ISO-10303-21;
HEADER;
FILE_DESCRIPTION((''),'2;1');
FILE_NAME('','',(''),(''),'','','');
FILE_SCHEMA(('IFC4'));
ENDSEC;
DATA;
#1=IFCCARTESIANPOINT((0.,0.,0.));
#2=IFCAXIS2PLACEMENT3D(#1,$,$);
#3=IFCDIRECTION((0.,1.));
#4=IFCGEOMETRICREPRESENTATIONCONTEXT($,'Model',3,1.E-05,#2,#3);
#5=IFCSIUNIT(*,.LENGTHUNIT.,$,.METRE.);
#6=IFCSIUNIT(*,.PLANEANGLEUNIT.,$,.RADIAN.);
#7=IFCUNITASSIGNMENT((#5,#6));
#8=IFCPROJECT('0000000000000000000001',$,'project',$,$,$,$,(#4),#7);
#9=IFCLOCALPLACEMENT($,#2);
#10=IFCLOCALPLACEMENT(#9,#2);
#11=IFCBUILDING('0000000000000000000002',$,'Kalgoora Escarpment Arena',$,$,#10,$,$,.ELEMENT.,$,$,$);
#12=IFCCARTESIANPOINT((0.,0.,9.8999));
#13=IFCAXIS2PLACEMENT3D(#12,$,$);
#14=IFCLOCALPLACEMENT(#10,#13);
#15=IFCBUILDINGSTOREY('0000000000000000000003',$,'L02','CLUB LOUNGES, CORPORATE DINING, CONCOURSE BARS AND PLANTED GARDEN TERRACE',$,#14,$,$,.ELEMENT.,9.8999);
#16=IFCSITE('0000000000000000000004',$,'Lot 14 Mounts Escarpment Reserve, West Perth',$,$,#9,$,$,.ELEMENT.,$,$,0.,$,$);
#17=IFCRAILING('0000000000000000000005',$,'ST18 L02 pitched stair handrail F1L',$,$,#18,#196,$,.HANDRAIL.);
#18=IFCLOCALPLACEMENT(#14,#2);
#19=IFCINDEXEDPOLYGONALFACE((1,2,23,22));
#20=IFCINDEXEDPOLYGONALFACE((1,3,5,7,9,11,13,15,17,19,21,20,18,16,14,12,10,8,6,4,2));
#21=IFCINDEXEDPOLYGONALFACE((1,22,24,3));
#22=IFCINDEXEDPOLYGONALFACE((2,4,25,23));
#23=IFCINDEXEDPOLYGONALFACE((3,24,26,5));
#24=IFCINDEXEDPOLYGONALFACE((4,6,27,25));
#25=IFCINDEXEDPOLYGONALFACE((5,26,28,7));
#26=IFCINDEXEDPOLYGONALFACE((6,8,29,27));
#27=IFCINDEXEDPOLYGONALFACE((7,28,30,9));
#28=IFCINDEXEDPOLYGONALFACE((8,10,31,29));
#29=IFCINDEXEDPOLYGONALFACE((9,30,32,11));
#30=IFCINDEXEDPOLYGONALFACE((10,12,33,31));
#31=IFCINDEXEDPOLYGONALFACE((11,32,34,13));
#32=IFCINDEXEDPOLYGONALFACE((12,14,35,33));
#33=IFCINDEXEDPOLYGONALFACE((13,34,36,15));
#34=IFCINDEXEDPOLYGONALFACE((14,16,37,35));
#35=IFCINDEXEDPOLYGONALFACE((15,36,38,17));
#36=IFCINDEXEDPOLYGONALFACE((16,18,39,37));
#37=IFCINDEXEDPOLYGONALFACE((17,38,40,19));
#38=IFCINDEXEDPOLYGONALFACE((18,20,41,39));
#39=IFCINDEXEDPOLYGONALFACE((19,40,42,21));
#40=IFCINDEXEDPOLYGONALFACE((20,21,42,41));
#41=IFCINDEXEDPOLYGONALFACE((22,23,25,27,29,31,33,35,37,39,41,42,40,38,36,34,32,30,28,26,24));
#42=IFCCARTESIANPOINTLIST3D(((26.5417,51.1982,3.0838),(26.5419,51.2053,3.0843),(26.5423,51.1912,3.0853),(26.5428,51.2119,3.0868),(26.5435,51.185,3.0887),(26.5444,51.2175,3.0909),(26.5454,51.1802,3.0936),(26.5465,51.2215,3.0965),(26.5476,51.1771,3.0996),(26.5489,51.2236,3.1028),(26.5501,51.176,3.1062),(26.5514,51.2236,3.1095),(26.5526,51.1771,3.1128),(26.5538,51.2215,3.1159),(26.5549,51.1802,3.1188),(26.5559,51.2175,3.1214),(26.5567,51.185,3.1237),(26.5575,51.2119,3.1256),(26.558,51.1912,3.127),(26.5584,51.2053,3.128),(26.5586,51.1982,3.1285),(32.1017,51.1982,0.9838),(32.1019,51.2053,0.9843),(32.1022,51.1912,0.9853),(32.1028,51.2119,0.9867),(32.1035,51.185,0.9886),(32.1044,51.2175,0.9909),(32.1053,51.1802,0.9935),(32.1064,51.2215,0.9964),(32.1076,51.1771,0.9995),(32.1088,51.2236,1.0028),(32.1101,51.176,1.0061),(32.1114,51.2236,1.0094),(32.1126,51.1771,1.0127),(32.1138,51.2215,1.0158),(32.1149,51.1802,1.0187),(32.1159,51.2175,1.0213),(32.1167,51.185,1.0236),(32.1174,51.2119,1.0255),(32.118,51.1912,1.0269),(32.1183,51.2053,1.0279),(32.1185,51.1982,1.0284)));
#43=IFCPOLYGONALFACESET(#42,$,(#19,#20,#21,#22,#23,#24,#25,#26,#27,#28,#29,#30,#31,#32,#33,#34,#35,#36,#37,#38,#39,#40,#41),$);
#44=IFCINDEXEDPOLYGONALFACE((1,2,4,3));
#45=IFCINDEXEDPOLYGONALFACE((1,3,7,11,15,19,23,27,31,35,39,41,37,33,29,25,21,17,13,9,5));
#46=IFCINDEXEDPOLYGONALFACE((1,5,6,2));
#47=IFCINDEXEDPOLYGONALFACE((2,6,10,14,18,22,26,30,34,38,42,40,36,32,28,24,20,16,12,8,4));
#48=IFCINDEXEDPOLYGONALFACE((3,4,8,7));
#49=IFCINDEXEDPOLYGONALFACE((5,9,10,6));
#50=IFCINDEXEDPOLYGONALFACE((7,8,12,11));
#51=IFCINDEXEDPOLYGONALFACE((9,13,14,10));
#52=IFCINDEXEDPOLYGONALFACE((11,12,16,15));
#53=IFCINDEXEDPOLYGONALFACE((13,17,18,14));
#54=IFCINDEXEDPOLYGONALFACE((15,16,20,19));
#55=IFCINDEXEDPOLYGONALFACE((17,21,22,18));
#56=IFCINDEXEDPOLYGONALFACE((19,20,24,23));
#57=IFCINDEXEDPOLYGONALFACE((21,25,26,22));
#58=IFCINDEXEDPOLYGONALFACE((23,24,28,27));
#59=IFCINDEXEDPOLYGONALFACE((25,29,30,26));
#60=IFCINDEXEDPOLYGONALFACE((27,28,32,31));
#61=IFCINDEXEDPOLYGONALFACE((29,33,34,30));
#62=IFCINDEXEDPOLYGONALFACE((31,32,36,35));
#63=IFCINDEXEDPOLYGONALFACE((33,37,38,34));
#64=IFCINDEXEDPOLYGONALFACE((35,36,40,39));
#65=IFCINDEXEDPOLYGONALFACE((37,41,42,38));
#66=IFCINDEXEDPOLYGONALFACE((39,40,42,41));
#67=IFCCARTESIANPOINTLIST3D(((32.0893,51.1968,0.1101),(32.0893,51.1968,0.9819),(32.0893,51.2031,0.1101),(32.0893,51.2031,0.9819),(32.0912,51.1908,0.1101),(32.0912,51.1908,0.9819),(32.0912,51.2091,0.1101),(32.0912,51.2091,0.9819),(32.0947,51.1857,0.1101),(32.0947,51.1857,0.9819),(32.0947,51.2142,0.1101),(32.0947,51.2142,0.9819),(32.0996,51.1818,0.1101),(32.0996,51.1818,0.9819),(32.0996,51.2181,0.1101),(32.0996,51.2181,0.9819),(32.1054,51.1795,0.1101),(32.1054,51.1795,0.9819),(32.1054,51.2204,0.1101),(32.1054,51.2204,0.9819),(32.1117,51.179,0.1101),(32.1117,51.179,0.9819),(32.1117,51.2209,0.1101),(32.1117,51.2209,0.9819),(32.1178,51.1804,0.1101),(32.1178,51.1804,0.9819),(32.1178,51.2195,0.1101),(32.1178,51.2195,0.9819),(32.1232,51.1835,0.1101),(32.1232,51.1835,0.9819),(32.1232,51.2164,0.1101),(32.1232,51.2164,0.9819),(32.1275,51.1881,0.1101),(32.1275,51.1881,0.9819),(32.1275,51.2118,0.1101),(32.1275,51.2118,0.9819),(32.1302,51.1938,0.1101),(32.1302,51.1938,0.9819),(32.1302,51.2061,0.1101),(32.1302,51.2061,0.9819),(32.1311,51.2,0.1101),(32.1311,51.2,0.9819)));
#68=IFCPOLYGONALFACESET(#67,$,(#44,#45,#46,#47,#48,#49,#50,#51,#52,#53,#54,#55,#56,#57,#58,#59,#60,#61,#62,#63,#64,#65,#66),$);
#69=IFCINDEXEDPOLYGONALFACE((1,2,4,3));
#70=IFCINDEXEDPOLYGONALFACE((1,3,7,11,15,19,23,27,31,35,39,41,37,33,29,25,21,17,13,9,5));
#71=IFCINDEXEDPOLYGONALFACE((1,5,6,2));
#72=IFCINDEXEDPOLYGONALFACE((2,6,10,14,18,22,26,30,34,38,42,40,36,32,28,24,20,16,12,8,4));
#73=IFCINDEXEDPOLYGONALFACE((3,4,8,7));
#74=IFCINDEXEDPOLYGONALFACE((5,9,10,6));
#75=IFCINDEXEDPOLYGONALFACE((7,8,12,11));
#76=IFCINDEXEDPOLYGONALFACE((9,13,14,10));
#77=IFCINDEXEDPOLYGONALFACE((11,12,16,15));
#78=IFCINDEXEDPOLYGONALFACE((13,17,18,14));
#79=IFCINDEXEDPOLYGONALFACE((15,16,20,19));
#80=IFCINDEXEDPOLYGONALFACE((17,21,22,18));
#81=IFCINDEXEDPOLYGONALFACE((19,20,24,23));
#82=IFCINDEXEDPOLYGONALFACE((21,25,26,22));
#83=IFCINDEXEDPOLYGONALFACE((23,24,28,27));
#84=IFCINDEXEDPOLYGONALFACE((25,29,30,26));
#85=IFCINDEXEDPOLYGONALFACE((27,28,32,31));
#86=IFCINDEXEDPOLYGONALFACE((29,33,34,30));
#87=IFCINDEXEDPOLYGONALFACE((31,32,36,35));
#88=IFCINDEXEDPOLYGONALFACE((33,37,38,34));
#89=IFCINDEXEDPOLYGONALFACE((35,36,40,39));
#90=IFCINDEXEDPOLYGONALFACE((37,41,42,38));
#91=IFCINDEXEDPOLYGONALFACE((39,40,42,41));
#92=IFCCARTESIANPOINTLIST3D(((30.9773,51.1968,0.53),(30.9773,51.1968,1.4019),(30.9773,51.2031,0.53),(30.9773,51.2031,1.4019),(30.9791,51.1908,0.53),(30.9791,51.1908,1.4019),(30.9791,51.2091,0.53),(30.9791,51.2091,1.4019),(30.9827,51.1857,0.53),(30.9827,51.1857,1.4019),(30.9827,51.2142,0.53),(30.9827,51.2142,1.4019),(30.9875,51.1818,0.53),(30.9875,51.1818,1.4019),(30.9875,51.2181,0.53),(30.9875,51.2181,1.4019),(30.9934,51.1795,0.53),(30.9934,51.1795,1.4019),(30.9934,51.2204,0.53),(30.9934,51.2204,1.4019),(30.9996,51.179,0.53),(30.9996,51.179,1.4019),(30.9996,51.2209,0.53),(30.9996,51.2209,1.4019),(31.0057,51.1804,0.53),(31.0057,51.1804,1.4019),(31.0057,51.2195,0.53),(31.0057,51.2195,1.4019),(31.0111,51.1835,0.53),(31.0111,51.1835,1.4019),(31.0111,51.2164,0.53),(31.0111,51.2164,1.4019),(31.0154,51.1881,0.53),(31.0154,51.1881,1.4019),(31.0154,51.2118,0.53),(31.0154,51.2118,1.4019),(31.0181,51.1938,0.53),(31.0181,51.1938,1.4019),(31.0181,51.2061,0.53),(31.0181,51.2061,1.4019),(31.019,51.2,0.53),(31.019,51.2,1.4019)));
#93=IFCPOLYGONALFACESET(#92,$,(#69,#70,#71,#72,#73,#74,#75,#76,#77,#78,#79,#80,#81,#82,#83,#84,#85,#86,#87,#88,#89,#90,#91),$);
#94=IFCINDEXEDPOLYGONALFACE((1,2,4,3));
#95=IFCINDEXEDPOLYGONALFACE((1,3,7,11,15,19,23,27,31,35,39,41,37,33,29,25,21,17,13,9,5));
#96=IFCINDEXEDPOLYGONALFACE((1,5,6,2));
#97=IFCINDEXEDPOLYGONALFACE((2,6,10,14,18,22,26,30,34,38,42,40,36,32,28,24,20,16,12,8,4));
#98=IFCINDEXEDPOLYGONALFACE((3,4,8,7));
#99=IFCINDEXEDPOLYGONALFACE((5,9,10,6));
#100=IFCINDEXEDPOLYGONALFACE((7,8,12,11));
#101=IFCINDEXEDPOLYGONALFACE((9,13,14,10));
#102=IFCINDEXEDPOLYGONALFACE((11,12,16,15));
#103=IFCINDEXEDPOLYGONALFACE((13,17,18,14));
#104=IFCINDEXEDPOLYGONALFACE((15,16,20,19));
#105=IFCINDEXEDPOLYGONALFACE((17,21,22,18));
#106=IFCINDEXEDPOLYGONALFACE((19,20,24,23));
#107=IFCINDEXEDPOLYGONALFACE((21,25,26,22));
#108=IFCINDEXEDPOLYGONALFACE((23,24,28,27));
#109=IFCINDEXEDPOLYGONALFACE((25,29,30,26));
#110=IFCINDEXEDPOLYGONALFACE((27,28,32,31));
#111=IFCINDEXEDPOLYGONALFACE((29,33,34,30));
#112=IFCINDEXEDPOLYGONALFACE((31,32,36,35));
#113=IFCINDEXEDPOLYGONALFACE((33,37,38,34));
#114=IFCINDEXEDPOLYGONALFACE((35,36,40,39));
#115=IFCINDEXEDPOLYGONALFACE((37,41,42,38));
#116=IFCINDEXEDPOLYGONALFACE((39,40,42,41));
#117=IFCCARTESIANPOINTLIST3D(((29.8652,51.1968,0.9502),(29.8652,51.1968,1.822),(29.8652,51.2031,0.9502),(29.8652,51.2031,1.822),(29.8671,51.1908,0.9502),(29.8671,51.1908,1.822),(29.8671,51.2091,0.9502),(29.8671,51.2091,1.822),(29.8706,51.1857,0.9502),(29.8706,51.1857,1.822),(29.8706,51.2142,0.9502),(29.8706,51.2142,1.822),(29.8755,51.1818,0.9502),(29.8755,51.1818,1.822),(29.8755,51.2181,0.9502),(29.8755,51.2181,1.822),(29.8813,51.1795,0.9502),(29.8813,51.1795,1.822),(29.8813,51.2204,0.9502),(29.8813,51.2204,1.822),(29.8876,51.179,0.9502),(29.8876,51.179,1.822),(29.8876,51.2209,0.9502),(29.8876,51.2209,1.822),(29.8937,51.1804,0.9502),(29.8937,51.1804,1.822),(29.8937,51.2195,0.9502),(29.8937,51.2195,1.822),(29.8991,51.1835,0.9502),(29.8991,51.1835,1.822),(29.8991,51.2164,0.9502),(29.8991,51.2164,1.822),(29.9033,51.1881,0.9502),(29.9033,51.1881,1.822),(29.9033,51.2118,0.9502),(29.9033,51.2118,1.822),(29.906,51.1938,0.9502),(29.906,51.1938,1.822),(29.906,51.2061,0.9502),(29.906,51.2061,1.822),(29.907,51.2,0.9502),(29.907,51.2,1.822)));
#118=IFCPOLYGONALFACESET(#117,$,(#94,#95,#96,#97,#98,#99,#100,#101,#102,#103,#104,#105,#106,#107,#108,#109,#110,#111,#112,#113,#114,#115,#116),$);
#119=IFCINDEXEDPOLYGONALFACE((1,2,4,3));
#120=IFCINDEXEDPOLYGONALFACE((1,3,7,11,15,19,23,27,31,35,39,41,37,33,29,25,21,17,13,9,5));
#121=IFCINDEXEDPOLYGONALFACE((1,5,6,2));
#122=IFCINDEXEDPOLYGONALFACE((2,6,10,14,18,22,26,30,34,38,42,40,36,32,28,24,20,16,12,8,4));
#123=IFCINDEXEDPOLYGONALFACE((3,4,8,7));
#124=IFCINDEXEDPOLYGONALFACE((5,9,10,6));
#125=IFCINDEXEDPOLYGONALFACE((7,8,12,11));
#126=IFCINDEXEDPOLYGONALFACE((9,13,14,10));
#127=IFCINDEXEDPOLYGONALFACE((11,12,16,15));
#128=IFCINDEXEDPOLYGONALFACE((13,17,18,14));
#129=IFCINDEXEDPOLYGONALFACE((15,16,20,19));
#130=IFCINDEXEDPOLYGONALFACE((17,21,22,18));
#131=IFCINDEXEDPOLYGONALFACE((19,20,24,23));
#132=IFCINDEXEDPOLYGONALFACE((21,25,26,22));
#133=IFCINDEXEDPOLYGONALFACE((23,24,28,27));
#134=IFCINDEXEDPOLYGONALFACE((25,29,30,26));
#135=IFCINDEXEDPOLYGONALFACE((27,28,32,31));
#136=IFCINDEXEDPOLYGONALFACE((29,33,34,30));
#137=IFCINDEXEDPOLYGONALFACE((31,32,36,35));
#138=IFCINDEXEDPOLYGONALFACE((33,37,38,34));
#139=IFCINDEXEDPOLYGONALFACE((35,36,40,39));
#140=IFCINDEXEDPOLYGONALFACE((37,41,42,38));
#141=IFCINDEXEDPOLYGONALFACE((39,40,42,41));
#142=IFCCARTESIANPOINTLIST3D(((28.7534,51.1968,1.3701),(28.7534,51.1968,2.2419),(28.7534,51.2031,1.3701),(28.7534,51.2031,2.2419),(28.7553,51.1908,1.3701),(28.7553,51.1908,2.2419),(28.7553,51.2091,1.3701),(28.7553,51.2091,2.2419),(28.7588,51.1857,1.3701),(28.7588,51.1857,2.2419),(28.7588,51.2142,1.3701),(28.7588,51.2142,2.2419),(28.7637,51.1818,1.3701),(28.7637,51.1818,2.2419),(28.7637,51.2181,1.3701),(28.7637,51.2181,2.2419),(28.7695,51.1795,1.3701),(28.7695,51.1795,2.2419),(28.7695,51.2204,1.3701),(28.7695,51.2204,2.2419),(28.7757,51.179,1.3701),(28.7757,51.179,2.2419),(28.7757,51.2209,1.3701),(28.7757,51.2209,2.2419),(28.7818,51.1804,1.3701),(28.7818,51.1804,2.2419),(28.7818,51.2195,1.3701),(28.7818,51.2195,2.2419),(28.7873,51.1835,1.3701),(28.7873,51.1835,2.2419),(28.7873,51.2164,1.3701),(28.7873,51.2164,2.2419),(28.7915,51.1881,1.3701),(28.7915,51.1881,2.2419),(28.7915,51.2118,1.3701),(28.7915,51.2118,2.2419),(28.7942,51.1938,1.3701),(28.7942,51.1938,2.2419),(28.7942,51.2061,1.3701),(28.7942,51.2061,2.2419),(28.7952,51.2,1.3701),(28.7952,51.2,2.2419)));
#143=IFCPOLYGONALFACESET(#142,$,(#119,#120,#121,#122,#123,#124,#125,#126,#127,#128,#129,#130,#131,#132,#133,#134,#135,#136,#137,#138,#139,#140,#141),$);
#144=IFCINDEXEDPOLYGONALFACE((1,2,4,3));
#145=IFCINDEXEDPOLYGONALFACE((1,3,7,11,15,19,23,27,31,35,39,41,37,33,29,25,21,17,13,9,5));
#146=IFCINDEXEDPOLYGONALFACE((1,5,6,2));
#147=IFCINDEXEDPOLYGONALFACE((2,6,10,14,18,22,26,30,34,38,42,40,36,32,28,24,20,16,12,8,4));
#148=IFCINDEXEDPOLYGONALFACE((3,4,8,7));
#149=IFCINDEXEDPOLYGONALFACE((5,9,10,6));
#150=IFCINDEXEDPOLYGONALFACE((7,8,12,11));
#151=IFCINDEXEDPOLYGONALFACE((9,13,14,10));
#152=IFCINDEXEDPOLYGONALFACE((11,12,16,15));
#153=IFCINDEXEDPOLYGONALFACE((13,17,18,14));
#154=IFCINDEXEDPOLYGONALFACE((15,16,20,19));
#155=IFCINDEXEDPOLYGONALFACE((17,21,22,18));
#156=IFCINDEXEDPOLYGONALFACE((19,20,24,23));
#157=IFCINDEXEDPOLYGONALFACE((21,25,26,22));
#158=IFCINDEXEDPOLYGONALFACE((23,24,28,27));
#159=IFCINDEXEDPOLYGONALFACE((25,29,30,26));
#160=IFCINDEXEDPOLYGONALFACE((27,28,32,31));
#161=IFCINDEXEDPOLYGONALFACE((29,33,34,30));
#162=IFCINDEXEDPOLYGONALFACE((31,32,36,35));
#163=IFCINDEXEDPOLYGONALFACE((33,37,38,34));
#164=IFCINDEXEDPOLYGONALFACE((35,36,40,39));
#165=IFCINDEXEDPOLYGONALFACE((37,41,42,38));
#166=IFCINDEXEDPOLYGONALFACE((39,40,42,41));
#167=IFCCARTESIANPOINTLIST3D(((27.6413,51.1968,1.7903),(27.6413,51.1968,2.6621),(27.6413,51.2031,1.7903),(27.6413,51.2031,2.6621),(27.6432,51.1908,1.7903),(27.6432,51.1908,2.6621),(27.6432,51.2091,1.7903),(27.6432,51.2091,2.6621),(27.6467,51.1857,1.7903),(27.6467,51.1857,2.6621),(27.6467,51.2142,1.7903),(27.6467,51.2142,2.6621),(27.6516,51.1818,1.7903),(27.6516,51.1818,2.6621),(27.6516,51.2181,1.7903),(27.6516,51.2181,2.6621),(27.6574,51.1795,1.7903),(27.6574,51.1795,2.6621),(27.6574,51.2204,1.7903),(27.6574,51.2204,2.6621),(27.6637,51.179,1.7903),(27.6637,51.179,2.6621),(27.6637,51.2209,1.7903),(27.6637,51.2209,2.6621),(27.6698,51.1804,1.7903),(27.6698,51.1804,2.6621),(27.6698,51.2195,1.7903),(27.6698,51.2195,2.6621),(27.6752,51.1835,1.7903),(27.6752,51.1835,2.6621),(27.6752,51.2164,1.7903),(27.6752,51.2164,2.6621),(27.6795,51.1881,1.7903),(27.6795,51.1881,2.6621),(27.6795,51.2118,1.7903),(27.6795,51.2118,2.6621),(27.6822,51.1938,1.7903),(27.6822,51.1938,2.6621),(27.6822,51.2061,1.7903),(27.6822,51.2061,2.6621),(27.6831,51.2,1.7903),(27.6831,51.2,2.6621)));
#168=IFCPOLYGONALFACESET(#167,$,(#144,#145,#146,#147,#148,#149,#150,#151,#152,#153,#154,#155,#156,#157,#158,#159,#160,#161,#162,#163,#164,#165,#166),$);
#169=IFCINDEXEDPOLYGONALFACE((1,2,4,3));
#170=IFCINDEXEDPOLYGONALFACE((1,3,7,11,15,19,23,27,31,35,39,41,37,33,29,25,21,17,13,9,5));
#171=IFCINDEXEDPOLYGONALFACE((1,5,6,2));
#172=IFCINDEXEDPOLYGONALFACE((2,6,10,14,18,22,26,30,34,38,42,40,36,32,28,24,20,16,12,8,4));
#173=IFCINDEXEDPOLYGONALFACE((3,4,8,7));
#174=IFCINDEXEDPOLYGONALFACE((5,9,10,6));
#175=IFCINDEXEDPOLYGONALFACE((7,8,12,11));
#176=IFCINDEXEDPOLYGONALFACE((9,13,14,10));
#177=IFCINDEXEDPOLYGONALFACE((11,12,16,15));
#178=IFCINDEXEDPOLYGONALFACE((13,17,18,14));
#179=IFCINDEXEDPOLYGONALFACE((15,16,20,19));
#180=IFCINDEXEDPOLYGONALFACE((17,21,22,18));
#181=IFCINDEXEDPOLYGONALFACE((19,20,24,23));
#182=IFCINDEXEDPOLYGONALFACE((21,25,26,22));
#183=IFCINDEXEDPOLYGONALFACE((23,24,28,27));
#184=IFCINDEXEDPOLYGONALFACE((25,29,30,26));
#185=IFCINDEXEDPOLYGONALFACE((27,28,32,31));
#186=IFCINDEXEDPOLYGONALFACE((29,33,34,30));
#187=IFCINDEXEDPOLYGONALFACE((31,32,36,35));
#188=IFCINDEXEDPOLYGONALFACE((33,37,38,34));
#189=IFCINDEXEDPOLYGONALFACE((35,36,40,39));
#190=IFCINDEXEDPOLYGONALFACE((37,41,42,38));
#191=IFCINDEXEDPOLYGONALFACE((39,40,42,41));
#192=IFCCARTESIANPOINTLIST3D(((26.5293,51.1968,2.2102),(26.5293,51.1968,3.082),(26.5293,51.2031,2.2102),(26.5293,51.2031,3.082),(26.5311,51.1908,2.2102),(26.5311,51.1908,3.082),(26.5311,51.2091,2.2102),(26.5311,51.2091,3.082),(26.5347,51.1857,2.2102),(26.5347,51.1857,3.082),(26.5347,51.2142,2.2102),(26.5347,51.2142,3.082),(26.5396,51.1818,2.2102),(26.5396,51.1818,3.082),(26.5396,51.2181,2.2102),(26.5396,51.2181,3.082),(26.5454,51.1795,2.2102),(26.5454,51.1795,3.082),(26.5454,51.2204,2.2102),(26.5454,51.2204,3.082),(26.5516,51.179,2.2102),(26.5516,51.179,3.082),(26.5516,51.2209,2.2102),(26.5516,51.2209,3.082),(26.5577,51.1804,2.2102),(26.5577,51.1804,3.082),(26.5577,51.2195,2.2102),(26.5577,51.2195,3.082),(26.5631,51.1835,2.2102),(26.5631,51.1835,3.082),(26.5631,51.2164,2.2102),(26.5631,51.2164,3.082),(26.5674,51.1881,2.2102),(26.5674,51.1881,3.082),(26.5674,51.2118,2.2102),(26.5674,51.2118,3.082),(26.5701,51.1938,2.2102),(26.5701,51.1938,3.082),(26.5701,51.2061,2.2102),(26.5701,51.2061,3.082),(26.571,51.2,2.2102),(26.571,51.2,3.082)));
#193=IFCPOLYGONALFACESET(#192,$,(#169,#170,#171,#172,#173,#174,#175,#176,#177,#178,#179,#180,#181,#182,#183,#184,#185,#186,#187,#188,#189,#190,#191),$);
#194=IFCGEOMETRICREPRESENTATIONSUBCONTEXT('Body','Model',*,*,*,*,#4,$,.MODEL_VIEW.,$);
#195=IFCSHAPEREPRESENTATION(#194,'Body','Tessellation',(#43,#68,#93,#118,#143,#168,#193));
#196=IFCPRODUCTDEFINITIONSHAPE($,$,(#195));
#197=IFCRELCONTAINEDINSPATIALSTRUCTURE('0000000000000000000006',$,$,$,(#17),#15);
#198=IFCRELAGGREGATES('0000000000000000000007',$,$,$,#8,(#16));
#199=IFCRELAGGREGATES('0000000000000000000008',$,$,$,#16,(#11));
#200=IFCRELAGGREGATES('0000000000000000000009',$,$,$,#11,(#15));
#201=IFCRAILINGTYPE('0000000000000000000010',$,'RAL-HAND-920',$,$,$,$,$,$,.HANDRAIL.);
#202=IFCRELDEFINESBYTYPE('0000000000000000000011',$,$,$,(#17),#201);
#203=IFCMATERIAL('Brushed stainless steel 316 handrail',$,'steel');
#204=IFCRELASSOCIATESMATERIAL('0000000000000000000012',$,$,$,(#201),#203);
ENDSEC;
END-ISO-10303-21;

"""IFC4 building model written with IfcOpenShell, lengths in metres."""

from ifc_helpers import new_model, si_unit, direction, frame, origin, origin_2d, place, context, subcontext, project, spatial, circle, extrude, material, type_object, element, save


model = new_model("IFC4")

# Units and contexts
model_context = context("Model", 3, precision=1e-05, world=origin(), true_north=direction((0.0, 1.0)))
body_context = subcontext(model_context, "Body", "Model", "MODEL_VIEW")
ifc_project = project(units=[si_unit("LENGTHUNIT", "METRE"), si_unit("PLANEANGLEUNIT", "RADIAN")], contexts=[model_context])

# Site, building, storey
site_placement = place(None, origin())
site = spatial("IfcSite", under=ifc_project, at=site_placement, Name="Lot 14 Mounts Escarpment Reserve, West Perth", CompositionType="ELEMENT", RefElevation=0.0)
building_placement = place(site_placement, origin())
building = spatial("IfcBuilding", under=site, at=building_placement, Name="Kalgoora Escarpment Arena", CompositionType="ELEMENT")
storey_placement = place(building_placement, frame((0.0, 0.0, 9.8999)))
storey = spatial("IfcBuildingStorey", under=building, at=storey_placement, Name="L02", Description="CLUB LOUNGES, CORPORATE DINING, CONCOURSE BARS AND PLANTED GARDEN TERRACE", CompositionType="ELEMENT", Elevation=9.8999)

# Railing
ifc_material_1 = material(Name="Brushed stainless steel 316 handrail", Category="steel")
railing_type_1 = type_object("IfcRailingType", Name="RAL-HAND-920", PredefinedType="HANDRAIL", material=ifc_material_1)
for number, where, name in (
    (1, (32.1101, 51.2, 0.1101), "ST18 L02 pitched stair handrail F1L"),
):
    element("IfcRailing", number, at=place(storey_placement, frame(where)), inside=storey, type_object=railing_type_1, Name=name, PredefinedType="HANDRAIL", context=body_context, shape_type="SweptSolid", body=[
        extrude(circle(Radius=0.0239, at=origin_2d()), frame((0.0, 0.0, 0.896), z_axis=(-0.935493, 0.0, 0.353346), x_axis=(0.0, -1.0, 0.0)), (0.0, 0.0, 1.0), 5.9434),
        extrude(circle(Radius=0.021, at=origin_2d()), origin(), (0.0, 0.0, 1.0), 0.8718),
        extrude(circle(Radius=0.021, at=origin_2d()), frame((-1.1121, 0.0, 0.4199)), (0.0, 0.0, 1.0), 0.8718),
        extrude(circle(Radius=0.021, at=origin_2d()), frame((-2.2241, 0.0, 0.8401)), (0.0, 0.0, 1.0), 0.8718),
        extrude(circle(Radius=0.021, at=origin_2d()), frame((-3.3359, 0.0, 1.26)), (0.0, 0.0, 1.0), 0.8718),
        extrude(circle(Radius=0.021, at=origin_2d()), frame((-4.448, 0.0, 1.6802)), (0.0, 0.0, 1.0), 0.8718),
        extrude(circle(Radius=0.021, at=origin_2d()), frame((-5.5601, 0.0, 2.1001)), (0.0, 0.0, 1.0), 0.8718),
    ])

save(model, "model.ifc")
